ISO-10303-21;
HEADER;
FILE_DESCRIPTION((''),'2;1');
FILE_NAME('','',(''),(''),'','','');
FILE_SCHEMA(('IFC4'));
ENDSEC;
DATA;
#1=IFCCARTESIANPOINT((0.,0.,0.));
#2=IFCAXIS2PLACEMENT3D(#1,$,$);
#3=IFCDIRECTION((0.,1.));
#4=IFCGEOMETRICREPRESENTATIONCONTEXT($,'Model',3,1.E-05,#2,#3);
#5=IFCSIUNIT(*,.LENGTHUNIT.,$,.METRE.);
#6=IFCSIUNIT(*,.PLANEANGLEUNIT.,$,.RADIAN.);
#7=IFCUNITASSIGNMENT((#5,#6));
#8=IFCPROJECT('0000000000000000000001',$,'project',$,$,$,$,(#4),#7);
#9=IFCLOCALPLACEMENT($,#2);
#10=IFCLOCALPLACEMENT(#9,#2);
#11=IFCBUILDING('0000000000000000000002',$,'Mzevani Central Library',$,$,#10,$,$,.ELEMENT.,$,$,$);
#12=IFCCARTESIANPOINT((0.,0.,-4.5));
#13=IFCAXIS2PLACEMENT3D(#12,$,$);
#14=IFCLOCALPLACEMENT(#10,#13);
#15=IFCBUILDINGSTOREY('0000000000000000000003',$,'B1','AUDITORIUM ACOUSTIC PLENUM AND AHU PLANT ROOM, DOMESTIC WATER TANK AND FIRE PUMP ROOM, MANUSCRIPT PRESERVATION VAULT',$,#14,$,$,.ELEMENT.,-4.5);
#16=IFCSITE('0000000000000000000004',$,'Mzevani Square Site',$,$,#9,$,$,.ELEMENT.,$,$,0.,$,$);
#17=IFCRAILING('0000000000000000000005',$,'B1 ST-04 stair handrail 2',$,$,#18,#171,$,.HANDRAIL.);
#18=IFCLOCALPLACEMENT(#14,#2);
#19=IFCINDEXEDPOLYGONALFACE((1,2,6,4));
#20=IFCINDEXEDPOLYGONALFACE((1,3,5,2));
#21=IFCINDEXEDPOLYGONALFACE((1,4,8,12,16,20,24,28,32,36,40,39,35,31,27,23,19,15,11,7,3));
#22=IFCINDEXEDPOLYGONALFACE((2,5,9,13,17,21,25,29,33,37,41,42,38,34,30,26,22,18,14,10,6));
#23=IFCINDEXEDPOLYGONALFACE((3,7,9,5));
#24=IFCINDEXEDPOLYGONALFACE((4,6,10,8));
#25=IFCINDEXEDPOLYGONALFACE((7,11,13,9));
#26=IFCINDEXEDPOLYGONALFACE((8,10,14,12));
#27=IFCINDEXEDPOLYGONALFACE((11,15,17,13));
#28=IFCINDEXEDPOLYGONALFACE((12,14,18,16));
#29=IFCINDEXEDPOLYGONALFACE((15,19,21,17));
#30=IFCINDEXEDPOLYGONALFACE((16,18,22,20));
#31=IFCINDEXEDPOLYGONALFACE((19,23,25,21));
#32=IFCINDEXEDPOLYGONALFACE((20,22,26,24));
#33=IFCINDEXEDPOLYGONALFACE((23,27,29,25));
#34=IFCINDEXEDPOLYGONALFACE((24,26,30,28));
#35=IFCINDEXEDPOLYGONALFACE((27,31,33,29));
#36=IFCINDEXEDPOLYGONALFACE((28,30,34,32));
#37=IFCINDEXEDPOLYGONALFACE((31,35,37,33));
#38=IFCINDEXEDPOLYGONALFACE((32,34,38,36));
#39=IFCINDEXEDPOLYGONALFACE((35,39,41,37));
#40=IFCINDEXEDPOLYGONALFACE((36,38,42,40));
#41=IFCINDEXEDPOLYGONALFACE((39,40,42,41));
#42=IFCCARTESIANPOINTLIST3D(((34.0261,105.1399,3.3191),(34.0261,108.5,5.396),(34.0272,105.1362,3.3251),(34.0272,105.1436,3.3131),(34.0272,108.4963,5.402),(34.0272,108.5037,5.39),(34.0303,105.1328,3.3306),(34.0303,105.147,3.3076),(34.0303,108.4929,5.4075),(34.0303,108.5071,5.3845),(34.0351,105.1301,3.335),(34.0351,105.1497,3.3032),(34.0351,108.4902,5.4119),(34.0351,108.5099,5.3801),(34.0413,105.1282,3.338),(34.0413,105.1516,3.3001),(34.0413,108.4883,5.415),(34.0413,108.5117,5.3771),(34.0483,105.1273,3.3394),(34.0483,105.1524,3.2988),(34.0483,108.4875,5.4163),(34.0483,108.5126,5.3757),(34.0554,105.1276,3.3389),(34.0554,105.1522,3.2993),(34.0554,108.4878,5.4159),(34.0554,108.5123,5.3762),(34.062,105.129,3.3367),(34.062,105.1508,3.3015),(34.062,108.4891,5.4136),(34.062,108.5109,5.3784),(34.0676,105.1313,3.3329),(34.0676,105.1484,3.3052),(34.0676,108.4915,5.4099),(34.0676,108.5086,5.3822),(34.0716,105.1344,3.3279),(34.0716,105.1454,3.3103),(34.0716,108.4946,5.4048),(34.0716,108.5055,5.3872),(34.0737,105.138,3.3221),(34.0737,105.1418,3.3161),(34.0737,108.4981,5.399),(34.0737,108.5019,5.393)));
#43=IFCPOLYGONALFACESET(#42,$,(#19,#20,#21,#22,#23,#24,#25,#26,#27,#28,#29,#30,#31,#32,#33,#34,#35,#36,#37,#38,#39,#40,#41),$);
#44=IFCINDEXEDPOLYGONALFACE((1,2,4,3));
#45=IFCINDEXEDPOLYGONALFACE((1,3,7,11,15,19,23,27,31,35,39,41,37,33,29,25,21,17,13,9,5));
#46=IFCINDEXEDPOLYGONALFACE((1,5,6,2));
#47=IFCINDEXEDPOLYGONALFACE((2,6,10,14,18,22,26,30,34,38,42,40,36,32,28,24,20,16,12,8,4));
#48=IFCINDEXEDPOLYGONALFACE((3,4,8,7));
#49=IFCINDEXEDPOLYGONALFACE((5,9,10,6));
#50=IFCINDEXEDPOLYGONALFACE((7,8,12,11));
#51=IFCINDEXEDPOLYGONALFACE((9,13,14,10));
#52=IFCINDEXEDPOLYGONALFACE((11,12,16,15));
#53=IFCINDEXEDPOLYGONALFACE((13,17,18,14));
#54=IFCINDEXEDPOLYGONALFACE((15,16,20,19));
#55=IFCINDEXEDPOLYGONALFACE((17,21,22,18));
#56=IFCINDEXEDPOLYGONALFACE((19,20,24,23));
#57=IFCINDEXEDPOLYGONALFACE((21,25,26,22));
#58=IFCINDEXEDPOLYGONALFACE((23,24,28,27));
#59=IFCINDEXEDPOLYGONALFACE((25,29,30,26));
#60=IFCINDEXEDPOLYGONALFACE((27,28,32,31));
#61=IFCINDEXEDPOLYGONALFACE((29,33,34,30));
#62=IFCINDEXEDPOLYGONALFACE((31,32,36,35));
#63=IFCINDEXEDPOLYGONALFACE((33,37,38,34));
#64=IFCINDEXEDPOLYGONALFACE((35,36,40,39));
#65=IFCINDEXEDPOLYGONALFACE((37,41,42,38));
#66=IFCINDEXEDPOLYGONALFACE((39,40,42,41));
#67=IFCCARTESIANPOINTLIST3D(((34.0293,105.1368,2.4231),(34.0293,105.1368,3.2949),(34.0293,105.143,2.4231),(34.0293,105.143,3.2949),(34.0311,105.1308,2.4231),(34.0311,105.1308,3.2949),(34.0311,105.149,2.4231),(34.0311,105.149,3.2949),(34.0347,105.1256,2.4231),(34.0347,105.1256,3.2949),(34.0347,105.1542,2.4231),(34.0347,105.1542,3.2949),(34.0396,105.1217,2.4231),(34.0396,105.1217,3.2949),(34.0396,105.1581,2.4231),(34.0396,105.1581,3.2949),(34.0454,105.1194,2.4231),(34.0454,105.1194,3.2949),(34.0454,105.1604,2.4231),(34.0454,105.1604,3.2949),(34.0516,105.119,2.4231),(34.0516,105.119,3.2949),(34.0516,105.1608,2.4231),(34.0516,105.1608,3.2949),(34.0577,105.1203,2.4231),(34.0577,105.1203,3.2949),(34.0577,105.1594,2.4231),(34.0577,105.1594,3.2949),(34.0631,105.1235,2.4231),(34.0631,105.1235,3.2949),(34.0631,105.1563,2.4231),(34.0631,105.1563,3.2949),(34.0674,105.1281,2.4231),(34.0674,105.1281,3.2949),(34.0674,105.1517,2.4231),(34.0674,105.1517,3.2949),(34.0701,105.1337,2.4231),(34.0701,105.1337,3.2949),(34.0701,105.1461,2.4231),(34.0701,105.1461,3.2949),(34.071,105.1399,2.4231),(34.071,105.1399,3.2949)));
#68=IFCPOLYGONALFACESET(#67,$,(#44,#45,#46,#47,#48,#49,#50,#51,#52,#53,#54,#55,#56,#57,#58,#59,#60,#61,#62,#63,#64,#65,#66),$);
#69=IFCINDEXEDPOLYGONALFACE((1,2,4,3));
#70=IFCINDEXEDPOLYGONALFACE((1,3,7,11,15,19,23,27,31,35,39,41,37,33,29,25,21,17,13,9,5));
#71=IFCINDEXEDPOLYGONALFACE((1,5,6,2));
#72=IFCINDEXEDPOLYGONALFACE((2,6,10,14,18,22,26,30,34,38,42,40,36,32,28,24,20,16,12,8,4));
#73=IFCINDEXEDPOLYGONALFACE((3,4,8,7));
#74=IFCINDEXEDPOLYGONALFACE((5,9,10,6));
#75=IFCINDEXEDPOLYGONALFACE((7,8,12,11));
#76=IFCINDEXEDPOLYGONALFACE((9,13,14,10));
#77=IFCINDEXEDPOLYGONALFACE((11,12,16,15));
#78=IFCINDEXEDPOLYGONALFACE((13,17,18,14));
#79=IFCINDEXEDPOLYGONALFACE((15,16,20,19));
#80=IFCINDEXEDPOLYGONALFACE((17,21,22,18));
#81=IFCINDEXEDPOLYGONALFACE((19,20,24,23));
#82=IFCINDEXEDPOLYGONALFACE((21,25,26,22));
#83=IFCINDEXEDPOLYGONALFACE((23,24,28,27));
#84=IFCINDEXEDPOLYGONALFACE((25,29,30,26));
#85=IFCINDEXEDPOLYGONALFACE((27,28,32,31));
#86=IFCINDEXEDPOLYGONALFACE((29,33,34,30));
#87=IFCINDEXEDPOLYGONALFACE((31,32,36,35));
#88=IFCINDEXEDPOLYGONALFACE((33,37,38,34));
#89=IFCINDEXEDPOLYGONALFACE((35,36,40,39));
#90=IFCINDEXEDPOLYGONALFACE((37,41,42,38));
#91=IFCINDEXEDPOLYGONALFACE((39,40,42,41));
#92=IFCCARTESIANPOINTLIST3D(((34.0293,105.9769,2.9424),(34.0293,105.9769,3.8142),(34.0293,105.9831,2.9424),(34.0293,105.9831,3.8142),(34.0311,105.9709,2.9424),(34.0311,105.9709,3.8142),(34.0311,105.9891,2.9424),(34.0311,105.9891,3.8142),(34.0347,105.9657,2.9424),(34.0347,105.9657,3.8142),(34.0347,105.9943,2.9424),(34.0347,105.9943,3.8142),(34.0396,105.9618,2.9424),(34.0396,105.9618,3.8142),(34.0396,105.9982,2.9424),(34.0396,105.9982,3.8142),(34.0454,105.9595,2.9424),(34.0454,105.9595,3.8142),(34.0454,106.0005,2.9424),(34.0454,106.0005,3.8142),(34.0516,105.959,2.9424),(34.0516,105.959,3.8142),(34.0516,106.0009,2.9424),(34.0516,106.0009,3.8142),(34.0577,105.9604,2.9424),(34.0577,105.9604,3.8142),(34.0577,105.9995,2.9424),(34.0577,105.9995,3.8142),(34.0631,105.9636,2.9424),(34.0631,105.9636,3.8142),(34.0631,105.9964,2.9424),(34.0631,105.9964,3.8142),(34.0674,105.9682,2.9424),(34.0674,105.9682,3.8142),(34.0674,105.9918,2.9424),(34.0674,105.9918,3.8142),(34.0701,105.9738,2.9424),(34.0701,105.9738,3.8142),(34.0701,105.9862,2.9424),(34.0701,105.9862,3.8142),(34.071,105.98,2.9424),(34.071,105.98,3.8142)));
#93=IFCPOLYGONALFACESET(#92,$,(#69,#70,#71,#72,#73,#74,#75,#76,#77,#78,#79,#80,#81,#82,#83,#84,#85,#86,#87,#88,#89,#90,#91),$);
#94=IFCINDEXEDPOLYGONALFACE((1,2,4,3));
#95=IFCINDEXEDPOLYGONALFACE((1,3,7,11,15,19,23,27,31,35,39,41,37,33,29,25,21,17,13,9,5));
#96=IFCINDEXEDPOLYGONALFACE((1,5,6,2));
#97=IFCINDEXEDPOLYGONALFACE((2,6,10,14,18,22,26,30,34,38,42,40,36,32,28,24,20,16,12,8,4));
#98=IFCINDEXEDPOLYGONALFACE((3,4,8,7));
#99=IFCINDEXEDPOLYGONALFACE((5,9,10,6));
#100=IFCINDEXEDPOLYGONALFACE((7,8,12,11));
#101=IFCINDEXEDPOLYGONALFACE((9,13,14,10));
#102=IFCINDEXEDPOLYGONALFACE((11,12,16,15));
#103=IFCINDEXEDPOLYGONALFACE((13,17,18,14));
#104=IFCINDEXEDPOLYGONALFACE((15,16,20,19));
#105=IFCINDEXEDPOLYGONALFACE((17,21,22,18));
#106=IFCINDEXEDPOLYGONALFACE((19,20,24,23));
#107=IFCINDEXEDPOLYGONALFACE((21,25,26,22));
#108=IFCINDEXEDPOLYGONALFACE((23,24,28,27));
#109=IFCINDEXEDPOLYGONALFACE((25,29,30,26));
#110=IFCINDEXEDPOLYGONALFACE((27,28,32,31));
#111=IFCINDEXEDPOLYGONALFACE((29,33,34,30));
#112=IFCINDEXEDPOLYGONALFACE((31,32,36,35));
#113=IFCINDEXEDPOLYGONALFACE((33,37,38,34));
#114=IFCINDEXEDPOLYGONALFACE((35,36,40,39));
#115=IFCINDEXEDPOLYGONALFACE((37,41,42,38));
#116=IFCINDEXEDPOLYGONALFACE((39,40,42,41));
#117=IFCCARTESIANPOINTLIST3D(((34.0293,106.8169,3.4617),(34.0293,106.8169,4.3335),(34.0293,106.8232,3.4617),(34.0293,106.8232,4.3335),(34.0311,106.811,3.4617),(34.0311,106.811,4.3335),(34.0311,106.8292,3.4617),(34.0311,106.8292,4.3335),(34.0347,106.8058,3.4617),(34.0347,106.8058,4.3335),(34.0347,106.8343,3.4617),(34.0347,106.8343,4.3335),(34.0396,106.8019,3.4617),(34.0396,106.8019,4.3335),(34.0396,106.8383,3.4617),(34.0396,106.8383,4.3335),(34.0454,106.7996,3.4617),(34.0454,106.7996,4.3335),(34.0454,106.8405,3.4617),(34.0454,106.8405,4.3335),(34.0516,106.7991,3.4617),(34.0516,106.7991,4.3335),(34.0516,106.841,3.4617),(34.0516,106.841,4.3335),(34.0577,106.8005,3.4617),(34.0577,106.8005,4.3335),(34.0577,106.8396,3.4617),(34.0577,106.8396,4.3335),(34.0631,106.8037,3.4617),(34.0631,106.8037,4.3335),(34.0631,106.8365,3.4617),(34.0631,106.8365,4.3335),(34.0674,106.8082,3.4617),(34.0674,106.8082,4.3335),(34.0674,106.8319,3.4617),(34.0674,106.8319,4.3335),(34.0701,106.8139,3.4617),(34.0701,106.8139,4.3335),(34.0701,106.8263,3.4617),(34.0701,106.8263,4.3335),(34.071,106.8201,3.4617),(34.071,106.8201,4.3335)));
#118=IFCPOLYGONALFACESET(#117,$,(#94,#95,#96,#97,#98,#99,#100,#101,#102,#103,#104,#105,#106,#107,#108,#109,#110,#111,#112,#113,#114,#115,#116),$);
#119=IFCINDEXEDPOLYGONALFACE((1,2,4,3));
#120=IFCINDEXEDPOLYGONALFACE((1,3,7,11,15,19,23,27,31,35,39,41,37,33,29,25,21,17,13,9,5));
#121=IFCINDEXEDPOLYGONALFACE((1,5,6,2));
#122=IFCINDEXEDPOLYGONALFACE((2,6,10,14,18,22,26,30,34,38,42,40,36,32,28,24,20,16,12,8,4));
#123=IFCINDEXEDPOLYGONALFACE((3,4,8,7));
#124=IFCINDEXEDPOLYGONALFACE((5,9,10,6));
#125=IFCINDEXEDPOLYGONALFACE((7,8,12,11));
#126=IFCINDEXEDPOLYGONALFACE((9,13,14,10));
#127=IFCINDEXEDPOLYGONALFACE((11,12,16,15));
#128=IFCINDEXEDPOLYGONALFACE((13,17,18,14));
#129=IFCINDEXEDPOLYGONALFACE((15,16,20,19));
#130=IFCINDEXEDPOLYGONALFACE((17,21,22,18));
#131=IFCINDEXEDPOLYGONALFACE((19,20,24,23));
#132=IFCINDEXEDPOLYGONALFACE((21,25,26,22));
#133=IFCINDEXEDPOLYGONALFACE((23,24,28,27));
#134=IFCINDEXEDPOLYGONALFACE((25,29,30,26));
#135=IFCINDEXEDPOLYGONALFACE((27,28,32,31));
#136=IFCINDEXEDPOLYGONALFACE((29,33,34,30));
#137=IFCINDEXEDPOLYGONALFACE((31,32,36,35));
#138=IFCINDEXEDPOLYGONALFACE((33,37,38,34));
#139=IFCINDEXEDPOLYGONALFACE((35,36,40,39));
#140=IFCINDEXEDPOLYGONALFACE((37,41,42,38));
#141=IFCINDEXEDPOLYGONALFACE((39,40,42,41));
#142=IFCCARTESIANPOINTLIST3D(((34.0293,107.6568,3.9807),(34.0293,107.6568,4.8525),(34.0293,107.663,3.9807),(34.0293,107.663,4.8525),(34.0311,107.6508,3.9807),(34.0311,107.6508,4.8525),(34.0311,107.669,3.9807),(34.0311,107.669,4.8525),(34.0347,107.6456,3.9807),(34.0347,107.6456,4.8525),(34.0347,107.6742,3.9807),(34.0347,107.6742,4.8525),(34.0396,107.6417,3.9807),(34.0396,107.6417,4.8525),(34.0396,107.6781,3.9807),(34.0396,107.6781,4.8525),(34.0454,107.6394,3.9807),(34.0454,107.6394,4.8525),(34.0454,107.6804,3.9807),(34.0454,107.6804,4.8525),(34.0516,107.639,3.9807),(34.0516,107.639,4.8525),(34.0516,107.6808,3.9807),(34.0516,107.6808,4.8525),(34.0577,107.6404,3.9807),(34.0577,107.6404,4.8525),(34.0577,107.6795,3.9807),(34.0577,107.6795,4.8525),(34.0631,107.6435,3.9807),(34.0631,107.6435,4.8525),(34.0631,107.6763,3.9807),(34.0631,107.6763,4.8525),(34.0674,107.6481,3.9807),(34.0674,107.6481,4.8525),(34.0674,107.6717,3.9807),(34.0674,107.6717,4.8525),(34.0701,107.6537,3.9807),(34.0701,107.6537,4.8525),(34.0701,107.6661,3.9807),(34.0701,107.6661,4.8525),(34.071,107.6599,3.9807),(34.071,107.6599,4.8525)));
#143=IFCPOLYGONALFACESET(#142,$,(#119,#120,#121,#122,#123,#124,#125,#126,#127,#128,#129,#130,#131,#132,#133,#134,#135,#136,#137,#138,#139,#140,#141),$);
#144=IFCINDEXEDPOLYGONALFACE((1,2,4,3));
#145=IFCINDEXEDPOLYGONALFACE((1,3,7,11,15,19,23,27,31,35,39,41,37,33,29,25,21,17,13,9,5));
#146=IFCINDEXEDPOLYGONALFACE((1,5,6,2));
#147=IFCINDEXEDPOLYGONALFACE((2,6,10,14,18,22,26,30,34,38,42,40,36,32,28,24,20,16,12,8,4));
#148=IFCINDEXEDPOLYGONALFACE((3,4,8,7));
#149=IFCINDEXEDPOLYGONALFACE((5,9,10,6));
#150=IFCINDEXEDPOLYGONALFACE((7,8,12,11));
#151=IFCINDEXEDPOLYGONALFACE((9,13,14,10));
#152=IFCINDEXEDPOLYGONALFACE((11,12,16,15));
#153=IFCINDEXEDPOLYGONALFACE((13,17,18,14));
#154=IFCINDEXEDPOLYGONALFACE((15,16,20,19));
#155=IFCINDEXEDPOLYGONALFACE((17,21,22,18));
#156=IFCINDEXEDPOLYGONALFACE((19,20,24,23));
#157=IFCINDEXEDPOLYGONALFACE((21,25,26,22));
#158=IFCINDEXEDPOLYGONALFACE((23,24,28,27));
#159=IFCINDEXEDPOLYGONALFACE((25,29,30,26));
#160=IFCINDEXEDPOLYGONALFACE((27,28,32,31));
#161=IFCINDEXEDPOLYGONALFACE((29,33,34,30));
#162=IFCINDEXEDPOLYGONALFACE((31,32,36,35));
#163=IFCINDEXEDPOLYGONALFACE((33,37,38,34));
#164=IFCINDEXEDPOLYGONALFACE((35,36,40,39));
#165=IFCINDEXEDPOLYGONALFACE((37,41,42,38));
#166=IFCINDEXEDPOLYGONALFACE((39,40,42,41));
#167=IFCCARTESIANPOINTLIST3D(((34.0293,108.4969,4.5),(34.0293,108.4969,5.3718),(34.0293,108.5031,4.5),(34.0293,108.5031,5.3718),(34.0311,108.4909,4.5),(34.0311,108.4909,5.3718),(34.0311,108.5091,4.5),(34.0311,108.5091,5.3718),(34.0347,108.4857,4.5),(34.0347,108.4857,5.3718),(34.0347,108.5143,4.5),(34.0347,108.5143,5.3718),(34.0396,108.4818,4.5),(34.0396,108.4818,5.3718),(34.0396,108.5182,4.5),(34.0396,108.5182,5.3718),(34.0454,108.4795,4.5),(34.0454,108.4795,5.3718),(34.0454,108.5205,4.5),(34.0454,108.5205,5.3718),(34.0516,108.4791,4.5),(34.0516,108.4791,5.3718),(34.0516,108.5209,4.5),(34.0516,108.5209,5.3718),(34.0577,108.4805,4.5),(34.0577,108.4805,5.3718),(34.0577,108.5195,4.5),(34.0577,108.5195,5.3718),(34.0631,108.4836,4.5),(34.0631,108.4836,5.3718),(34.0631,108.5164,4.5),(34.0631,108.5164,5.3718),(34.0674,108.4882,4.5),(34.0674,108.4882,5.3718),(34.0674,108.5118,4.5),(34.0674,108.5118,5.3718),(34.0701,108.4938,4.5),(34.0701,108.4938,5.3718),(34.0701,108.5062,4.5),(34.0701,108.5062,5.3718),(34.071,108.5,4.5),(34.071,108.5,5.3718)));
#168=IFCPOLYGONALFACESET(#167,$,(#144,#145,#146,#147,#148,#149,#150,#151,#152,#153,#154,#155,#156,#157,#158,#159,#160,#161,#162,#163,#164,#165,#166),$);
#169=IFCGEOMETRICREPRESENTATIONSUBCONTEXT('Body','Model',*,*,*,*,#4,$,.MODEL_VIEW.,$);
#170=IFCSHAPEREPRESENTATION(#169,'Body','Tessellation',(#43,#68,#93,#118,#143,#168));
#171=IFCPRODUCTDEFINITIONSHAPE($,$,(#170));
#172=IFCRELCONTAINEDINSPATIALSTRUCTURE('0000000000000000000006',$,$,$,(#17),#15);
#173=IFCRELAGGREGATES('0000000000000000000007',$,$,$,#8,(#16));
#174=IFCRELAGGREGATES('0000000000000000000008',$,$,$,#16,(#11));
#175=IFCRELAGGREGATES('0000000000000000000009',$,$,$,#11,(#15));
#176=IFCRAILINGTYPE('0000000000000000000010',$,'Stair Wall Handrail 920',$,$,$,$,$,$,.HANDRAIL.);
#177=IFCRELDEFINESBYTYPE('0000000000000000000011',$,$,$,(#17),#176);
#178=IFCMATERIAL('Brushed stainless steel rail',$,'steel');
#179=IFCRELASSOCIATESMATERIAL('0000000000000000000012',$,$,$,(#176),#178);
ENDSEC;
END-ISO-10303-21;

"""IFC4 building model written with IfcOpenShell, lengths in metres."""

from ifc_helpers import new_model, si_unit, direction, frame, origin, origin_2d, place, context, subcontext, project, spatial, circle, extrude, material, type_object, element, save


model = new_model("IFC4")

# Units and contexts
model_context = context("Model", 3, precision=1e-05, world=origin(), true_north=direction((0.0, 1.0)))
body_context = subcontext(model_context, "Body", "Model", "MODEL_VIEW")
ifc_project = project(units=[si_unit("LENGTHUNIT", "METRE"), si_unit("PLANEANGLEUNIT", "RADIAN")], contexts=[model_context])

# Site, building, storey
site_placement = place(None, origin())
site = spatial("IfcSite", under=ifc_project, at=site_placement, Name="Mzevani Square Site", CompositionType="ELEMENT", RefElevation=0.0)
building_placement = place(site_placement, origin())
building = spatial("IfcBuilding", under=site, at=building_placement, Name="Mzevani Central Library", CompositionType="ELEMENT")
storey_placement = place(building_placement, frame((0.0, 0.0, -4.5)))
storey = spatial("IfcBuildingStorey", under=building, at=storey_placement, Name="B1", Description="AUDITORIUM ACOUSTIC PLENUM AND AHU PLANT ROOM, DOMESTIC WATER TANK AND FIRE PUMP ROOM, MANUSCRIPT PRESERVATION VAULT", CompositionType="ELEMENT", Elevation=-4.5)

# Railing
ifc_material_1 = material(Name="Brushed stainless steel rail", Category="steel")
railing_type_1 = type_object("IfcRailingType", Name="Stair Wall Handrail 920", PredefinedType="HANDRAIL", material=ifc_material_1)
railing_1_placement = place(storey_placement, frame((34.05, 105.1399, 2.4231)))
element("IfcRailing", 1, at=railing_1_placement, inside=storey, type_object=railing_type_1, Name="B1 ST-04 stair handrail 2", PredefinedType="HANDRAIL", context=body_context, shape_type="SweptSolid", body=[
    extrude(circle(Radius=0.0239, at=origin_2d()), frame((0.0, 0.0, 0.896), z_axis=(0.0, 0.850623, 0.525776), x_axis=(-1.0, 0.0, 0.0)), (0.0, 0.0, 1.0), 3.9502),
    extrude(circle(Radius=0.021, at=origin_2d()), origin(), (0.0, 0.0, 1.0), 0.8718),
    extrude(circle(Radius=0.021, at=origin_2d()), frame((0.0, 0.8401, 0.5193)), (0.0, 0.0, 1.0), 0.8718),
    extrude(circle(Radius=0.021, at=origin_2d()), frame((0.0, 1.6802, 1.0386)), (0.0, 0.0, 1.0), 0.8718),
    extrude(circle(Radius=0.021, at=origin_2d()), frame((0.0, 2.52, 1.5576)), (0.0, 0.0, 1.0), 0.8718),
    extrude(circle(Radius=0.021, at=origin_2d()), frame((0.0, 3.3601, 2.0769)), (0.0, 0.0, 1.0), 0.8718),
])

save(model, "model.ifc")
